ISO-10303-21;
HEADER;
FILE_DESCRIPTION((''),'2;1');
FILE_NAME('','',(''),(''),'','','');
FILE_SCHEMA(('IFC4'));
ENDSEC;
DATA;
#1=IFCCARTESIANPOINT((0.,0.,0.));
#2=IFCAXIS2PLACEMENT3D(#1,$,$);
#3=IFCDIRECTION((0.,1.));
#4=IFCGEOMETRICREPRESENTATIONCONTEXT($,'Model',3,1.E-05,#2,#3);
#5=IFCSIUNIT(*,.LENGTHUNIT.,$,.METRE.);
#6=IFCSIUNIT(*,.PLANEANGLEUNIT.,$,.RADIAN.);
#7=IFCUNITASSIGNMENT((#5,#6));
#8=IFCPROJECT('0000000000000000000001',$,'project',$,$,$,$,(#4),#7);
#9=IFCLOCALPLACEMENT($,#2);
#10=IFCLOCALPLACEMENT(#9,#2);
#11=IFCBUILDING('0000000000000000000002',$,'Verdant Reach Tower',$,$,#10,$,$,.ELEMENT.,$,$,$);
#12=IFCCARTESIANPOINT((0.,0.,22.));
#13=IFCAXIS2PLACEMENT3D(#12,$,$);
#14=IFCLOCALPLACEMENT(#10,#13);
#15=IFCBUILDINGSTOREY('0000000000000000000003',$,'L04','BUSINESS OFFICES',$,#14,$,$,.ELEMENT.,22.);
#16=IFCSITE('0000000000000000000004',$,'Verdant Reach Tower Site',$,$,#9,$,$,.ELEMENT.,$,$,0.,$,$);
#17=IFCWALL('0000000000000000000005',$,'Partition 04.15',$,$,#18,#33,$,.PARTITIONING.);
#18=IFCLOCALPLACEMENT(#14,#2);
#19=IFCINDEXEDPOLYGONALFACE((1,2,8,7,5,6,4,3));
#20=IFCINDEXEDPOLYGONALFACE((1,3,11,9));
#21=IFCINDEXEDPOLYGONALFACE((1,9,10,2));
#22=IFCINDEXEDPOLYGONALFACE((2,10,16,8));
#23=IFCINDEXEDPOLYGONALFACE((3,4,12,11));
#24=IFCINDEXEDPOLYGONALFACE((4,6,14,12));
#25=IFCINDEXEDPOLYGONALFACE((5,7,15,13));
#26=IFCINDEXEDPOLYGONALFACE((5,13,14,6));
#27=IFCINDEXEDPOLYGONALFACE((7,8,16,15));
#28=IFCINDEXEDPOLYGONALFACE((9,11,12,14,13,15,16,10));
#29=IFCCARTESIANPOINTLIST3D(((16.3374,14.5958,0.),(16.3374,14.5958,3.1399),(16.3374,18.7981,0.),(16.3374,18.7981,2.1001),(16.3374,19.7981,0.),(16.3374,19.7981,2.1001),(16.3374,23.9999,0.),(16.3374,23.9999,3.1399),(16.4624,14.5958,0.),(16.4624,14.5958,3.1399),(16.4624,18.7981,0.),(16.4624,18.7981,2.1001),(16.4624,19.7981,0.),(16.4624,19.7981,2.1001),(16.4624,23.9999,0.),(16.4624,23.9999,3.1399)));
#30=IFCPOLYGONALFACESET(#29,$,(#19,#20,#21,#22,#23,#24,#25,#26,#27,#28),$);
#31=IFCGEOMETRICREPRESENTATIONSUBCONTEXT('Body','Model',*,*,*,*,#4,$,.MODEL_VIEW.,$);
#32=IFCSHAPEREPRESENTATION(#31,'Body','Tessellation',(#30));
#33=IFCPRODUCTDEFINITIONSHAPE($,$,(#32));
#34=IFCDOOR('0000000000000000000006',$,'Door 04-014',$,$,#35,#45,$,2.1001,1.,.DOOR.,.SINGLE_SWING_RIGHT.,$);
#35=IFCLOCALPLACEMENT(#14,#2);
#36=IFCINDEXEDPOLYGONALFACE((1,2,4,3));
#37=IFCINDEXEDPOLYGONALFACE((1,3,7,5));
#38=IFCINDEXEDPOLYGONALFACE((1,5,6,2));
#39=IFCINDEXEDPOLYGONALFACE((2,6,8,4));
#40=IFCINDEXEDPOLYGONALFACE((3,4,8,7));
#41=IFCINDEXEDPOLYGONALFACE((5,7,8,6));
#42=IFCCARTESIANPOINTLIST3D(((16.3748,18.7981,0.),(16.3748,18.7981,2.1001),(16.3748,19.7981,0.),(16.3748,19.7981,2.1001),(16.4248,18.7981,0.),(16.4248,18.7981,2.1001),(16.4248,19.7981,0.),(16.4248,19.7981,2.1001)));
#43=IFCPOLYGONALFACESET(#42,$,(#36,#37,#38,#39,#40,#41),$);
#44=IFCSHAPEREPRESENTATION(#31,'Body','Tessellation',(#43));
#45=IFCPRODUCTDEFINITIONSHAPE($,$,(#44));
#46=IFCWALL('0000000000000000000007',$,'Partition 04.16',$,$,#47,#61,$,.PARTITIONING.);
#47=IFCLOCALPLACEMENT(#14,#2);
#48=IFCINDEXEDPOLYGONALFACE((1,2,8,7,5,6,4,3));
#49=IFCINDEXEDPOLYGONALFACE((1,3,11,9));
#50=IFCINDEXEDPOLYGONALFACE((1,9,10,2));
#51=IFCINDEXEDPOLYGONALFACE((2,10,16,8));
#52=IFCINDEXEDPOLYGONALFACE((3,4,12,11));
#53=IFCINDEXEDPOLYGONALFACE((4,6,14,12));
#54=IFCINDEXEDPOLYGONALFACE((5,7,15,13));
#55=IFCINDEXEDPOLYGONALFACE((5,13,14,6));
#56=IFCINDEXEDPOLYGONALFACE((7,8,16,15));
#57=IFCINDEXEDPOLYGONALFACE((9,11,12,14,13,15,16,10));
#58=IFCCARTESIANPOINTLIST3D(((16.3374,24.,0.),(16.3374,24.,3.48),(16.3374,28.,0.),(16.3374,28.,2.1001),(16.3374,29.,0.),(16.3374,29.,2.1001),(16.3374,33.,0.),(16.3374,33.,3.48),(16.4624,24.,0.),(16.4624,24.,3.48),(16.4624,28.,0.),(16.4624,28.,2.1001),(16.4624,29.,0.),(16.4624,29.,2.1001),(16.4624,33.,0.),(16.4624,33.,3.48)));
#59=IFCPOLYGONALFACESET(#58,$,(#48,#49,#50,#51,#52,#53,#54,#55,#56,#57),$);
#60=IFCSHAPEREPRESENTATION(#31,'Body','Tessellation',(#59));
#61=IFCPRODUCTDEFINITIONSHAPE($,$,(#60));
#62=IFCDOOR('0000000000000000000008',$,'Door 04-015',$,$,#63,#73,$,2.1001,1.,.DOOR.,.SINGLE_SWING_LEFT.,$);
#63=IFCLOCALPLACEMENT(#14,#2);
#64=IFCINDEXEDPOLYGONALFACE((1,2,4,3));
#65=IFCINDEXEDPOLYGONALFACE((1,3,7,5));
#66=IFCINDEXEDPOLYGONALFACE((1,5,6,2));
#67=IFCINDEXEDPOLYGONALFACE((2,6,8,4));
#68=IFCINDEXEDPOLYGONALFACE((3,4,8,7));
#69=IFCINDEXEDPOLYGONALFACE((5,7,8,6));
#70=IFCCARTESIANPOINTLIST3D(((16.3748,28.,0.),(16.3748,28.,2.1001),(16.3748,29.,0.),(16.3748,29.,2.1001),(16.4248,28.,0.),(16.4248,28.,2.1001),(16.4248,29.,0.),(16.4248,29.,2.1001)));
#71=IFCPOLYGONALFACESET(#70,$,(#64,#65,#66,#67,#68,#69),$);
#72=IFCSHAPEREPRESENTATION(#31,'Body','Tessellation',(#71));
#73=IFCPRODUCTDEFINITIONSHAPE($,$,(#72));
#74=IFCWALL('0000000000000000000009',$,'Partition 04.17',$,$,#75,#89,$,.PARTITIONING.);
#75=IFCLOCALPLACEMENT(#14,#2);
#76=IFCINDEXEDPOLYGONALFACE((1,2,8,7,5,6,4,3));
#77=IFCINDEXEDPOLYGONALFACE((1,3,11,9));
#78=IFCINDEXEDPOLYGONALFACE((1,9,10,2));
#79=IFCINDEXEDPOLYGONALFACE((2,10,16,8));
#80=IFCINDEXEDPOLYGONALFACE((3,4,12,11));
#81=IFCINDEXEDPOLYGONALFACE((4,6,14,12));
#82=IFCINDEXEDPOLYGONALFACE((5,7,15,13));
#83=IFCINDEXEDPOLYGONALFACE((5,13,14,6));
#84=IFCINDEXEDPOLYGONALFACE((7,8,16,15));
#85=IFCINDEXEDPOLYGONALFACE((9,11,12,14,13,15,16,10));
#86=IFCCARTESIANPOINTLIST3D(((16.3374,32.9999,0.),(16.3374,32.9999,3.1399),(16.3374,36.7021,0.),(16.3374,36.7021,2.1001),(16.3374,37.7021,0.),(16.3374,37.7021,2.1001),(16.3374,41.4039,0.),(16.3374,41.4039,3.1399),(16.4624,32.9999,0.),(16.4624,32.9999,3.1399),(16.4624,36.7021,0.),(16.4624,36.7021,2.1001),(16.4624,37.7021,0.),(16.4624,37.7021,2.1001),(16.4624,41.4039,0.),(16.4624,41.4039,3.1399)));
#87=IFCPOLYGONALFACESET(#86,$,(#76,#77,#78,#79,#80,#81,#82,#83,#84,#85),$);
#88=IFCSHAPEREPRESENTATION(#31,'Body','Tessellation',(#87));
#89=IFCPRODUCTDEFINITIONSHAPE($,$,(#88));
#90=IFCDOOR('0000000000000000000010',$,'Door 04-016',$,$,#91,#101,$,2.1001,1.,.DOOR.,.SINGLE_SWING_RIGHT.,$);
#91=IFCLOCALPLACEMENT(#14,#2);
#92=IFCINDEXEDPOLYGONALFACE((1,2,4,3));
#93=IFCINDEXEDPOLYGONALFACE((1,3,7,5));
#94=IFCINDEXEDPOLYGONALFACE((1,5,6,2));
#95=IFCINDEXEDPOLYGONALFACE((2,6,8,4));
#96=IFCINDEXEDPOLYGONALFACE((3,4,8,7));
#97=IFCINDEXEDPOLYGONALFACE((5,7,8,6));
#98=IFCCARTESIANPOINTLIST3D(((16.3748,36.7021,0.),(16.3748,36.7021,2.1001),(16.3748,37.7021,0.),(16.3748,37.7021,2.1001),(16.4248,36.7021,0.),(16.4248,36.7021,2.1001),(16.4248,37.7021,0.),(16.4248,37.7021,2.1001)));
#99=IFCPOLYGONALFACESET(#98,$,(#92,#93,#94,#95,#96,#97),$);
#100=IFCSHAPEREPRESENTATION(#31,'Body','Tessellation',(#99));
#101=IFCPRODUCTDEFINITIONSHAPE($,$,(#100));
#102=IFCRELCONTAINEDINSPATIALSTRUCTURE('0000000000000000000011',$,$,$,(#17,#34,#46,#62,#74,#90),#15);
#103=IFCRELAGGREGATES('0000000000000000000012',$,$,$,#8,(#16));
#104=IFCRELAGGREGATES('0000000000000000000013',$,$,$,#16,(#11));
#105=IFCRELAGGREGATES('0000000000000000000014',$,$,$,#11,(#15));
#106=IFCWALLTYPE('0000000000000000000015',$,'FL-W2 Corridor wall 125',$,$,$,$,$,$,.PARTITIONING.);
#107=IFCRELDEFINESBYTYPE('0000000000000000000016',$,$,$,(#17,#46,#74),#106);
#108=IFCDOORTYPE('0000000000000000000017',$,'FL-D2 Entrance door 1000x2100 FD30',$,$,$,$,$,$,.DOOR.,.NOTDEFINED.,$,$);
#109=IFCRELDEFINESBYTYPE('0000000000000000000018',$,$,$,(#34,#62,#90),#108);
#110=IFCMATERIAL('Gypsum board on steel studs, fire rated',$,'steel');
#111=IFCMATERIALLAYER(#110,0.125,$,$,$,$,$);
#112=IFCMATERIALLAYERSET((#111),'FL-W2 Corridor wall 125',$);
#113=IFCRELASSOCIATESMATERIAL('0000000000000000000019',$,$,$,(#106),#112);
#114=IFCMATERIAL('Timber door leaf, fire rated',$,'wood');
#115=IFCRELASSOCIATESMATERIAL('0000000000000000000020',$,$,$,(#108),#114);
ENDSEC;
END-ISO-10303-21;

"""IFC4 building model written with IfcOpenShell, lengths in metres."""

from ifc_helpers import new_model, si_unit, direction, frame, frame_2d, origin, place, context, subcontext, project, spatial, rectangle, extrude, material, layer, layer_set, type_object, element, fill, save


model = new_model("IFC4")

# Units and contexts
model_context = context("Model", 3, precision=1e-05, world=origin(), true_north=direction((0.0, 1.0)))
body_context = subcontext(model_context, "Body", "Model", "MODEL_VIEW")
ifc_project = project(units=[si_unit("LENGTHUNIT", "METRE"), si_unit("PLANEANGLEUNIT", "RADIAN")], contexts=[model_context])

# Site, building, storey
site_placement = place(None, origin())
site = spatial("IfcSite", under=ifc_project, at=site_placement, Name="Verdant Reach Tower Site", CompositionType="ELEMENT", RefElevation=0.0)
building_placement = place(site_placement, origin())
building = spatial("IfcBuilding", under=site, at=building_placement, Name="Verdant Reach Tower", CompositionType="ELEMENT")
storey_placement = place(building_placement, frame((0.0, 0.0, 22.0)))
storey = spatial("IfcBuildingStorey", under=building, at=storey_placement, Name="L04", Description="BUSINESS OFFICES", CompositionType="ELEMENT", Elevation=22.0)

# Walls, openings, doors
ifc_material_1 = material(Name="Gypsum board on steel studs, fire rated", Category="steel")
ifc_layer_1 = layer(ifc_material_1, 0.125)
ifc_layer_set_1 = layer_set([ifc_layer_1], Name="FL-W2 Corridor wall 125")
wall_type_1 = type_object("IfcWallType", Name="FL-W2 Corridor wall 125", PredefinedType="PARTITIONING", material=ifc_layer_set_1)
wall_1_placement = place(storey_placement, frame((16.3999, 24.0, 0.0), z_axis=(0.0, 0.0, 1.0), x_axis=(0.0, -1.0, 0.0)))
wall_1 = element("IfcWall", 1, at=wall_1_placement, inside=storey, type_object=wall_type_1, Name="Partition 04.15", PredefinedType="PARTITIONING", context=body_context, shape_type="SweptSolid", body=[
    extrude(rectangle(XDim=9.4041, YDim=0.125, at=frame_2d((4.7021, 0.0))), origin(), (0.0, 0.0, 1.0), 3.1399),
])
opening_1_placement = place(wall_1_placement, frame((4.2019, 0.0, 0.0)))
opening_1 = element("IfcOpeningElement", 2, at=opening_1_placement, cuts=wall_1, PredefinedType="OPENING", context=body_context, shape_type="SweptSolid", body=[
    extrude(rectangle(XDim=1.0, YDim=2.1001, at=frame_2d((0.5, 1.05))), frame((0.0, 0.0725, 0.0), z_axis=(0.0, -1.0, 0.0), x_axis=(1.0, 0.0, 0.0)), (0.0, 0.0, 1.0), 0.145),
])
ifc_material_2 = material(Name="Timber door leaf, fire rated", Category="wood")
door_type = type_object("IfcDoorType", Name="FL-D2 Entrance door 1000x2100 FD30", OperationType="NOTDEFINED", PredefinedType="DOOR", material=ifc_material_2)
door_1_placement = place(opening_1_placement, origin())
door_1 = element("IfcDoor", 3, at=door_1_placement, inside=storey, type_object=door_type, Name="Door 04-014", OperationType="SINGLE_SWING_RIGHT", OverallHeight=2.1001, OverallWidth=1.0, PredefinedType="DOOR", context=body_context, shape_type="SweptSolid", body=[
    extrude(rectangle(XDim=1.0, YDim=2.1001, at=frame_2d((0.5, 1.05))), frame((0.0, 0.0249, 0.0), z_axis=(0.0, -1.0, 0.0), x_axis=(1.0, 0.0, 0.0)), (0.0, 0.0, 1.0), 0.05),
])
fill(opening_1, door_1)
wall_2_placement = place(storey_placement, frame((16.3999, 33.0, 0.0), z_axis=(0.0, 0.0, 1.0), x_axis=(0.0, -1.0, 0.0)))
wall_2 = element("IfcWall", 4, at=wall_2_placement, inside=storey, type_object=wall_type_1, Name="Partition 04.16", PredefinedType="PARTITIONING", context=body_context, shape_type="SweptSolid", body=[
    extrude(rectangle(XDim=9.0, YDim=0.125, at=frame_2d((4.5, 0.0))), origin(), (0.0, 0.0, 1.0), 3.48),
])
opening_2_placement = place(wall_2_placement, frame((4.0, 0.0, 0.0)))
opening_2 = element("IfcOpeningElement", 5, at=opening_2_placement, cuts=wall_2, PredefinedType="OPENING", context=body_context, shape_type="SweptSolid", body=[
    extrude(rectangle(XDim=1.0, YDim=2.1001, at=frame_2d((0.5, 1.05))), frame((0.0, 0.0725, 0.0), z_axis=(0.0, -1.0, 0.0), x_axis=(1.0, 0.0, 0.0)), (0.0, 0.0, 1.0), 0.145),
])
door_2_placement = place(opening_2_placement, origin())
door_2 = element("IfcDoor", 6, at=door_2_placement, inside=storey, type_object=door_type, Name="Door 04-015", OperationType="SINGLE_SWING_LEFT", OverallHeight=2.1001, OverallWidth=1.0, PredefinedType="DOOR", context=body_context, shape_type="SweptSolid", body=[
    extrude(rectangle(XDim=1.0, YDim=2.1001, at=frame_2d((0.5, 1.05))), frame((0.0, 0.0249, 0.0), z_axis=(0.0, -1.0, 0.0), x_axis=(1.0, 0.0, 0.0)), (0.0, 0.0, 1.0), 0.05),
])
fill(opening_2, door_2)
wall_3_placement = place(storey_placement, frame((16.3999, 41.4041, 0.0), z_axis=(0.0, 0.0, 1.0), x_axis=(0.0, -1.0, 0.0)))
wall_3 = element("IfcWall", 7, at=wall_3_placement, inside=storey, type_object=wall_type_1, Name="Partition 04.17", PredefinedType="PARTITIONING", context=body_context, shape_type="SweptSolid", body=[
    extrude(rectangle(XDim=8.4041, YDim=0.125, at=frame_2d((4.2021, 0.0))), origin(), (0.0, 0.0, 1.0), 3.1399),
])
opening_3_placement = place(wall_3_placement, frame((3.7019, 0.0, 0.0)))
opening_3 = element("IfcOpeningElement", 8, at=opening_3_placement, cuts=wall_3, PredefinedType="OPENING", context=body_context, shape_type="SweptSolid", body=[
    extrude(rectangle(XDim=1.0, YDim=2.1001, at=frame_2d((0.5, 1.05))), frame((0.0, 0.0725, 0.0), z_axis=(0.0, -1.0, 0.0), x_axis=(1.0, 0.0, 0.0)), (0.0, 0.0, 1.0), 0.145),
])
door_3_placement = place(opening_3_placement, origin())
door_3 = element("IfcDoor", 9, at=door_3_placement, inside=storey, type_object=door_type, Name="Door 04-016", OperationType="SINGLE_SWING_RIGHT", OverallHeight=2.1001, OverallWidth=1.0, PredefinedType="DOOR", context=body_context, shape_type="SweptSolid", body=[
    extrude(rectangle(XDim=1.0, YDim=2.1001, at=frame_2d((0.5, 1.05))), frame((0.0, 0.0249, 0.0), z_axis=(0.0, -1.0, 0.0), x_axis=(1.0, 0.0, 0.0)), (0.0, 0.0, 1.0), 0.05),
])
fill(opening_3, door_3)

save(model, "model.ifc")
